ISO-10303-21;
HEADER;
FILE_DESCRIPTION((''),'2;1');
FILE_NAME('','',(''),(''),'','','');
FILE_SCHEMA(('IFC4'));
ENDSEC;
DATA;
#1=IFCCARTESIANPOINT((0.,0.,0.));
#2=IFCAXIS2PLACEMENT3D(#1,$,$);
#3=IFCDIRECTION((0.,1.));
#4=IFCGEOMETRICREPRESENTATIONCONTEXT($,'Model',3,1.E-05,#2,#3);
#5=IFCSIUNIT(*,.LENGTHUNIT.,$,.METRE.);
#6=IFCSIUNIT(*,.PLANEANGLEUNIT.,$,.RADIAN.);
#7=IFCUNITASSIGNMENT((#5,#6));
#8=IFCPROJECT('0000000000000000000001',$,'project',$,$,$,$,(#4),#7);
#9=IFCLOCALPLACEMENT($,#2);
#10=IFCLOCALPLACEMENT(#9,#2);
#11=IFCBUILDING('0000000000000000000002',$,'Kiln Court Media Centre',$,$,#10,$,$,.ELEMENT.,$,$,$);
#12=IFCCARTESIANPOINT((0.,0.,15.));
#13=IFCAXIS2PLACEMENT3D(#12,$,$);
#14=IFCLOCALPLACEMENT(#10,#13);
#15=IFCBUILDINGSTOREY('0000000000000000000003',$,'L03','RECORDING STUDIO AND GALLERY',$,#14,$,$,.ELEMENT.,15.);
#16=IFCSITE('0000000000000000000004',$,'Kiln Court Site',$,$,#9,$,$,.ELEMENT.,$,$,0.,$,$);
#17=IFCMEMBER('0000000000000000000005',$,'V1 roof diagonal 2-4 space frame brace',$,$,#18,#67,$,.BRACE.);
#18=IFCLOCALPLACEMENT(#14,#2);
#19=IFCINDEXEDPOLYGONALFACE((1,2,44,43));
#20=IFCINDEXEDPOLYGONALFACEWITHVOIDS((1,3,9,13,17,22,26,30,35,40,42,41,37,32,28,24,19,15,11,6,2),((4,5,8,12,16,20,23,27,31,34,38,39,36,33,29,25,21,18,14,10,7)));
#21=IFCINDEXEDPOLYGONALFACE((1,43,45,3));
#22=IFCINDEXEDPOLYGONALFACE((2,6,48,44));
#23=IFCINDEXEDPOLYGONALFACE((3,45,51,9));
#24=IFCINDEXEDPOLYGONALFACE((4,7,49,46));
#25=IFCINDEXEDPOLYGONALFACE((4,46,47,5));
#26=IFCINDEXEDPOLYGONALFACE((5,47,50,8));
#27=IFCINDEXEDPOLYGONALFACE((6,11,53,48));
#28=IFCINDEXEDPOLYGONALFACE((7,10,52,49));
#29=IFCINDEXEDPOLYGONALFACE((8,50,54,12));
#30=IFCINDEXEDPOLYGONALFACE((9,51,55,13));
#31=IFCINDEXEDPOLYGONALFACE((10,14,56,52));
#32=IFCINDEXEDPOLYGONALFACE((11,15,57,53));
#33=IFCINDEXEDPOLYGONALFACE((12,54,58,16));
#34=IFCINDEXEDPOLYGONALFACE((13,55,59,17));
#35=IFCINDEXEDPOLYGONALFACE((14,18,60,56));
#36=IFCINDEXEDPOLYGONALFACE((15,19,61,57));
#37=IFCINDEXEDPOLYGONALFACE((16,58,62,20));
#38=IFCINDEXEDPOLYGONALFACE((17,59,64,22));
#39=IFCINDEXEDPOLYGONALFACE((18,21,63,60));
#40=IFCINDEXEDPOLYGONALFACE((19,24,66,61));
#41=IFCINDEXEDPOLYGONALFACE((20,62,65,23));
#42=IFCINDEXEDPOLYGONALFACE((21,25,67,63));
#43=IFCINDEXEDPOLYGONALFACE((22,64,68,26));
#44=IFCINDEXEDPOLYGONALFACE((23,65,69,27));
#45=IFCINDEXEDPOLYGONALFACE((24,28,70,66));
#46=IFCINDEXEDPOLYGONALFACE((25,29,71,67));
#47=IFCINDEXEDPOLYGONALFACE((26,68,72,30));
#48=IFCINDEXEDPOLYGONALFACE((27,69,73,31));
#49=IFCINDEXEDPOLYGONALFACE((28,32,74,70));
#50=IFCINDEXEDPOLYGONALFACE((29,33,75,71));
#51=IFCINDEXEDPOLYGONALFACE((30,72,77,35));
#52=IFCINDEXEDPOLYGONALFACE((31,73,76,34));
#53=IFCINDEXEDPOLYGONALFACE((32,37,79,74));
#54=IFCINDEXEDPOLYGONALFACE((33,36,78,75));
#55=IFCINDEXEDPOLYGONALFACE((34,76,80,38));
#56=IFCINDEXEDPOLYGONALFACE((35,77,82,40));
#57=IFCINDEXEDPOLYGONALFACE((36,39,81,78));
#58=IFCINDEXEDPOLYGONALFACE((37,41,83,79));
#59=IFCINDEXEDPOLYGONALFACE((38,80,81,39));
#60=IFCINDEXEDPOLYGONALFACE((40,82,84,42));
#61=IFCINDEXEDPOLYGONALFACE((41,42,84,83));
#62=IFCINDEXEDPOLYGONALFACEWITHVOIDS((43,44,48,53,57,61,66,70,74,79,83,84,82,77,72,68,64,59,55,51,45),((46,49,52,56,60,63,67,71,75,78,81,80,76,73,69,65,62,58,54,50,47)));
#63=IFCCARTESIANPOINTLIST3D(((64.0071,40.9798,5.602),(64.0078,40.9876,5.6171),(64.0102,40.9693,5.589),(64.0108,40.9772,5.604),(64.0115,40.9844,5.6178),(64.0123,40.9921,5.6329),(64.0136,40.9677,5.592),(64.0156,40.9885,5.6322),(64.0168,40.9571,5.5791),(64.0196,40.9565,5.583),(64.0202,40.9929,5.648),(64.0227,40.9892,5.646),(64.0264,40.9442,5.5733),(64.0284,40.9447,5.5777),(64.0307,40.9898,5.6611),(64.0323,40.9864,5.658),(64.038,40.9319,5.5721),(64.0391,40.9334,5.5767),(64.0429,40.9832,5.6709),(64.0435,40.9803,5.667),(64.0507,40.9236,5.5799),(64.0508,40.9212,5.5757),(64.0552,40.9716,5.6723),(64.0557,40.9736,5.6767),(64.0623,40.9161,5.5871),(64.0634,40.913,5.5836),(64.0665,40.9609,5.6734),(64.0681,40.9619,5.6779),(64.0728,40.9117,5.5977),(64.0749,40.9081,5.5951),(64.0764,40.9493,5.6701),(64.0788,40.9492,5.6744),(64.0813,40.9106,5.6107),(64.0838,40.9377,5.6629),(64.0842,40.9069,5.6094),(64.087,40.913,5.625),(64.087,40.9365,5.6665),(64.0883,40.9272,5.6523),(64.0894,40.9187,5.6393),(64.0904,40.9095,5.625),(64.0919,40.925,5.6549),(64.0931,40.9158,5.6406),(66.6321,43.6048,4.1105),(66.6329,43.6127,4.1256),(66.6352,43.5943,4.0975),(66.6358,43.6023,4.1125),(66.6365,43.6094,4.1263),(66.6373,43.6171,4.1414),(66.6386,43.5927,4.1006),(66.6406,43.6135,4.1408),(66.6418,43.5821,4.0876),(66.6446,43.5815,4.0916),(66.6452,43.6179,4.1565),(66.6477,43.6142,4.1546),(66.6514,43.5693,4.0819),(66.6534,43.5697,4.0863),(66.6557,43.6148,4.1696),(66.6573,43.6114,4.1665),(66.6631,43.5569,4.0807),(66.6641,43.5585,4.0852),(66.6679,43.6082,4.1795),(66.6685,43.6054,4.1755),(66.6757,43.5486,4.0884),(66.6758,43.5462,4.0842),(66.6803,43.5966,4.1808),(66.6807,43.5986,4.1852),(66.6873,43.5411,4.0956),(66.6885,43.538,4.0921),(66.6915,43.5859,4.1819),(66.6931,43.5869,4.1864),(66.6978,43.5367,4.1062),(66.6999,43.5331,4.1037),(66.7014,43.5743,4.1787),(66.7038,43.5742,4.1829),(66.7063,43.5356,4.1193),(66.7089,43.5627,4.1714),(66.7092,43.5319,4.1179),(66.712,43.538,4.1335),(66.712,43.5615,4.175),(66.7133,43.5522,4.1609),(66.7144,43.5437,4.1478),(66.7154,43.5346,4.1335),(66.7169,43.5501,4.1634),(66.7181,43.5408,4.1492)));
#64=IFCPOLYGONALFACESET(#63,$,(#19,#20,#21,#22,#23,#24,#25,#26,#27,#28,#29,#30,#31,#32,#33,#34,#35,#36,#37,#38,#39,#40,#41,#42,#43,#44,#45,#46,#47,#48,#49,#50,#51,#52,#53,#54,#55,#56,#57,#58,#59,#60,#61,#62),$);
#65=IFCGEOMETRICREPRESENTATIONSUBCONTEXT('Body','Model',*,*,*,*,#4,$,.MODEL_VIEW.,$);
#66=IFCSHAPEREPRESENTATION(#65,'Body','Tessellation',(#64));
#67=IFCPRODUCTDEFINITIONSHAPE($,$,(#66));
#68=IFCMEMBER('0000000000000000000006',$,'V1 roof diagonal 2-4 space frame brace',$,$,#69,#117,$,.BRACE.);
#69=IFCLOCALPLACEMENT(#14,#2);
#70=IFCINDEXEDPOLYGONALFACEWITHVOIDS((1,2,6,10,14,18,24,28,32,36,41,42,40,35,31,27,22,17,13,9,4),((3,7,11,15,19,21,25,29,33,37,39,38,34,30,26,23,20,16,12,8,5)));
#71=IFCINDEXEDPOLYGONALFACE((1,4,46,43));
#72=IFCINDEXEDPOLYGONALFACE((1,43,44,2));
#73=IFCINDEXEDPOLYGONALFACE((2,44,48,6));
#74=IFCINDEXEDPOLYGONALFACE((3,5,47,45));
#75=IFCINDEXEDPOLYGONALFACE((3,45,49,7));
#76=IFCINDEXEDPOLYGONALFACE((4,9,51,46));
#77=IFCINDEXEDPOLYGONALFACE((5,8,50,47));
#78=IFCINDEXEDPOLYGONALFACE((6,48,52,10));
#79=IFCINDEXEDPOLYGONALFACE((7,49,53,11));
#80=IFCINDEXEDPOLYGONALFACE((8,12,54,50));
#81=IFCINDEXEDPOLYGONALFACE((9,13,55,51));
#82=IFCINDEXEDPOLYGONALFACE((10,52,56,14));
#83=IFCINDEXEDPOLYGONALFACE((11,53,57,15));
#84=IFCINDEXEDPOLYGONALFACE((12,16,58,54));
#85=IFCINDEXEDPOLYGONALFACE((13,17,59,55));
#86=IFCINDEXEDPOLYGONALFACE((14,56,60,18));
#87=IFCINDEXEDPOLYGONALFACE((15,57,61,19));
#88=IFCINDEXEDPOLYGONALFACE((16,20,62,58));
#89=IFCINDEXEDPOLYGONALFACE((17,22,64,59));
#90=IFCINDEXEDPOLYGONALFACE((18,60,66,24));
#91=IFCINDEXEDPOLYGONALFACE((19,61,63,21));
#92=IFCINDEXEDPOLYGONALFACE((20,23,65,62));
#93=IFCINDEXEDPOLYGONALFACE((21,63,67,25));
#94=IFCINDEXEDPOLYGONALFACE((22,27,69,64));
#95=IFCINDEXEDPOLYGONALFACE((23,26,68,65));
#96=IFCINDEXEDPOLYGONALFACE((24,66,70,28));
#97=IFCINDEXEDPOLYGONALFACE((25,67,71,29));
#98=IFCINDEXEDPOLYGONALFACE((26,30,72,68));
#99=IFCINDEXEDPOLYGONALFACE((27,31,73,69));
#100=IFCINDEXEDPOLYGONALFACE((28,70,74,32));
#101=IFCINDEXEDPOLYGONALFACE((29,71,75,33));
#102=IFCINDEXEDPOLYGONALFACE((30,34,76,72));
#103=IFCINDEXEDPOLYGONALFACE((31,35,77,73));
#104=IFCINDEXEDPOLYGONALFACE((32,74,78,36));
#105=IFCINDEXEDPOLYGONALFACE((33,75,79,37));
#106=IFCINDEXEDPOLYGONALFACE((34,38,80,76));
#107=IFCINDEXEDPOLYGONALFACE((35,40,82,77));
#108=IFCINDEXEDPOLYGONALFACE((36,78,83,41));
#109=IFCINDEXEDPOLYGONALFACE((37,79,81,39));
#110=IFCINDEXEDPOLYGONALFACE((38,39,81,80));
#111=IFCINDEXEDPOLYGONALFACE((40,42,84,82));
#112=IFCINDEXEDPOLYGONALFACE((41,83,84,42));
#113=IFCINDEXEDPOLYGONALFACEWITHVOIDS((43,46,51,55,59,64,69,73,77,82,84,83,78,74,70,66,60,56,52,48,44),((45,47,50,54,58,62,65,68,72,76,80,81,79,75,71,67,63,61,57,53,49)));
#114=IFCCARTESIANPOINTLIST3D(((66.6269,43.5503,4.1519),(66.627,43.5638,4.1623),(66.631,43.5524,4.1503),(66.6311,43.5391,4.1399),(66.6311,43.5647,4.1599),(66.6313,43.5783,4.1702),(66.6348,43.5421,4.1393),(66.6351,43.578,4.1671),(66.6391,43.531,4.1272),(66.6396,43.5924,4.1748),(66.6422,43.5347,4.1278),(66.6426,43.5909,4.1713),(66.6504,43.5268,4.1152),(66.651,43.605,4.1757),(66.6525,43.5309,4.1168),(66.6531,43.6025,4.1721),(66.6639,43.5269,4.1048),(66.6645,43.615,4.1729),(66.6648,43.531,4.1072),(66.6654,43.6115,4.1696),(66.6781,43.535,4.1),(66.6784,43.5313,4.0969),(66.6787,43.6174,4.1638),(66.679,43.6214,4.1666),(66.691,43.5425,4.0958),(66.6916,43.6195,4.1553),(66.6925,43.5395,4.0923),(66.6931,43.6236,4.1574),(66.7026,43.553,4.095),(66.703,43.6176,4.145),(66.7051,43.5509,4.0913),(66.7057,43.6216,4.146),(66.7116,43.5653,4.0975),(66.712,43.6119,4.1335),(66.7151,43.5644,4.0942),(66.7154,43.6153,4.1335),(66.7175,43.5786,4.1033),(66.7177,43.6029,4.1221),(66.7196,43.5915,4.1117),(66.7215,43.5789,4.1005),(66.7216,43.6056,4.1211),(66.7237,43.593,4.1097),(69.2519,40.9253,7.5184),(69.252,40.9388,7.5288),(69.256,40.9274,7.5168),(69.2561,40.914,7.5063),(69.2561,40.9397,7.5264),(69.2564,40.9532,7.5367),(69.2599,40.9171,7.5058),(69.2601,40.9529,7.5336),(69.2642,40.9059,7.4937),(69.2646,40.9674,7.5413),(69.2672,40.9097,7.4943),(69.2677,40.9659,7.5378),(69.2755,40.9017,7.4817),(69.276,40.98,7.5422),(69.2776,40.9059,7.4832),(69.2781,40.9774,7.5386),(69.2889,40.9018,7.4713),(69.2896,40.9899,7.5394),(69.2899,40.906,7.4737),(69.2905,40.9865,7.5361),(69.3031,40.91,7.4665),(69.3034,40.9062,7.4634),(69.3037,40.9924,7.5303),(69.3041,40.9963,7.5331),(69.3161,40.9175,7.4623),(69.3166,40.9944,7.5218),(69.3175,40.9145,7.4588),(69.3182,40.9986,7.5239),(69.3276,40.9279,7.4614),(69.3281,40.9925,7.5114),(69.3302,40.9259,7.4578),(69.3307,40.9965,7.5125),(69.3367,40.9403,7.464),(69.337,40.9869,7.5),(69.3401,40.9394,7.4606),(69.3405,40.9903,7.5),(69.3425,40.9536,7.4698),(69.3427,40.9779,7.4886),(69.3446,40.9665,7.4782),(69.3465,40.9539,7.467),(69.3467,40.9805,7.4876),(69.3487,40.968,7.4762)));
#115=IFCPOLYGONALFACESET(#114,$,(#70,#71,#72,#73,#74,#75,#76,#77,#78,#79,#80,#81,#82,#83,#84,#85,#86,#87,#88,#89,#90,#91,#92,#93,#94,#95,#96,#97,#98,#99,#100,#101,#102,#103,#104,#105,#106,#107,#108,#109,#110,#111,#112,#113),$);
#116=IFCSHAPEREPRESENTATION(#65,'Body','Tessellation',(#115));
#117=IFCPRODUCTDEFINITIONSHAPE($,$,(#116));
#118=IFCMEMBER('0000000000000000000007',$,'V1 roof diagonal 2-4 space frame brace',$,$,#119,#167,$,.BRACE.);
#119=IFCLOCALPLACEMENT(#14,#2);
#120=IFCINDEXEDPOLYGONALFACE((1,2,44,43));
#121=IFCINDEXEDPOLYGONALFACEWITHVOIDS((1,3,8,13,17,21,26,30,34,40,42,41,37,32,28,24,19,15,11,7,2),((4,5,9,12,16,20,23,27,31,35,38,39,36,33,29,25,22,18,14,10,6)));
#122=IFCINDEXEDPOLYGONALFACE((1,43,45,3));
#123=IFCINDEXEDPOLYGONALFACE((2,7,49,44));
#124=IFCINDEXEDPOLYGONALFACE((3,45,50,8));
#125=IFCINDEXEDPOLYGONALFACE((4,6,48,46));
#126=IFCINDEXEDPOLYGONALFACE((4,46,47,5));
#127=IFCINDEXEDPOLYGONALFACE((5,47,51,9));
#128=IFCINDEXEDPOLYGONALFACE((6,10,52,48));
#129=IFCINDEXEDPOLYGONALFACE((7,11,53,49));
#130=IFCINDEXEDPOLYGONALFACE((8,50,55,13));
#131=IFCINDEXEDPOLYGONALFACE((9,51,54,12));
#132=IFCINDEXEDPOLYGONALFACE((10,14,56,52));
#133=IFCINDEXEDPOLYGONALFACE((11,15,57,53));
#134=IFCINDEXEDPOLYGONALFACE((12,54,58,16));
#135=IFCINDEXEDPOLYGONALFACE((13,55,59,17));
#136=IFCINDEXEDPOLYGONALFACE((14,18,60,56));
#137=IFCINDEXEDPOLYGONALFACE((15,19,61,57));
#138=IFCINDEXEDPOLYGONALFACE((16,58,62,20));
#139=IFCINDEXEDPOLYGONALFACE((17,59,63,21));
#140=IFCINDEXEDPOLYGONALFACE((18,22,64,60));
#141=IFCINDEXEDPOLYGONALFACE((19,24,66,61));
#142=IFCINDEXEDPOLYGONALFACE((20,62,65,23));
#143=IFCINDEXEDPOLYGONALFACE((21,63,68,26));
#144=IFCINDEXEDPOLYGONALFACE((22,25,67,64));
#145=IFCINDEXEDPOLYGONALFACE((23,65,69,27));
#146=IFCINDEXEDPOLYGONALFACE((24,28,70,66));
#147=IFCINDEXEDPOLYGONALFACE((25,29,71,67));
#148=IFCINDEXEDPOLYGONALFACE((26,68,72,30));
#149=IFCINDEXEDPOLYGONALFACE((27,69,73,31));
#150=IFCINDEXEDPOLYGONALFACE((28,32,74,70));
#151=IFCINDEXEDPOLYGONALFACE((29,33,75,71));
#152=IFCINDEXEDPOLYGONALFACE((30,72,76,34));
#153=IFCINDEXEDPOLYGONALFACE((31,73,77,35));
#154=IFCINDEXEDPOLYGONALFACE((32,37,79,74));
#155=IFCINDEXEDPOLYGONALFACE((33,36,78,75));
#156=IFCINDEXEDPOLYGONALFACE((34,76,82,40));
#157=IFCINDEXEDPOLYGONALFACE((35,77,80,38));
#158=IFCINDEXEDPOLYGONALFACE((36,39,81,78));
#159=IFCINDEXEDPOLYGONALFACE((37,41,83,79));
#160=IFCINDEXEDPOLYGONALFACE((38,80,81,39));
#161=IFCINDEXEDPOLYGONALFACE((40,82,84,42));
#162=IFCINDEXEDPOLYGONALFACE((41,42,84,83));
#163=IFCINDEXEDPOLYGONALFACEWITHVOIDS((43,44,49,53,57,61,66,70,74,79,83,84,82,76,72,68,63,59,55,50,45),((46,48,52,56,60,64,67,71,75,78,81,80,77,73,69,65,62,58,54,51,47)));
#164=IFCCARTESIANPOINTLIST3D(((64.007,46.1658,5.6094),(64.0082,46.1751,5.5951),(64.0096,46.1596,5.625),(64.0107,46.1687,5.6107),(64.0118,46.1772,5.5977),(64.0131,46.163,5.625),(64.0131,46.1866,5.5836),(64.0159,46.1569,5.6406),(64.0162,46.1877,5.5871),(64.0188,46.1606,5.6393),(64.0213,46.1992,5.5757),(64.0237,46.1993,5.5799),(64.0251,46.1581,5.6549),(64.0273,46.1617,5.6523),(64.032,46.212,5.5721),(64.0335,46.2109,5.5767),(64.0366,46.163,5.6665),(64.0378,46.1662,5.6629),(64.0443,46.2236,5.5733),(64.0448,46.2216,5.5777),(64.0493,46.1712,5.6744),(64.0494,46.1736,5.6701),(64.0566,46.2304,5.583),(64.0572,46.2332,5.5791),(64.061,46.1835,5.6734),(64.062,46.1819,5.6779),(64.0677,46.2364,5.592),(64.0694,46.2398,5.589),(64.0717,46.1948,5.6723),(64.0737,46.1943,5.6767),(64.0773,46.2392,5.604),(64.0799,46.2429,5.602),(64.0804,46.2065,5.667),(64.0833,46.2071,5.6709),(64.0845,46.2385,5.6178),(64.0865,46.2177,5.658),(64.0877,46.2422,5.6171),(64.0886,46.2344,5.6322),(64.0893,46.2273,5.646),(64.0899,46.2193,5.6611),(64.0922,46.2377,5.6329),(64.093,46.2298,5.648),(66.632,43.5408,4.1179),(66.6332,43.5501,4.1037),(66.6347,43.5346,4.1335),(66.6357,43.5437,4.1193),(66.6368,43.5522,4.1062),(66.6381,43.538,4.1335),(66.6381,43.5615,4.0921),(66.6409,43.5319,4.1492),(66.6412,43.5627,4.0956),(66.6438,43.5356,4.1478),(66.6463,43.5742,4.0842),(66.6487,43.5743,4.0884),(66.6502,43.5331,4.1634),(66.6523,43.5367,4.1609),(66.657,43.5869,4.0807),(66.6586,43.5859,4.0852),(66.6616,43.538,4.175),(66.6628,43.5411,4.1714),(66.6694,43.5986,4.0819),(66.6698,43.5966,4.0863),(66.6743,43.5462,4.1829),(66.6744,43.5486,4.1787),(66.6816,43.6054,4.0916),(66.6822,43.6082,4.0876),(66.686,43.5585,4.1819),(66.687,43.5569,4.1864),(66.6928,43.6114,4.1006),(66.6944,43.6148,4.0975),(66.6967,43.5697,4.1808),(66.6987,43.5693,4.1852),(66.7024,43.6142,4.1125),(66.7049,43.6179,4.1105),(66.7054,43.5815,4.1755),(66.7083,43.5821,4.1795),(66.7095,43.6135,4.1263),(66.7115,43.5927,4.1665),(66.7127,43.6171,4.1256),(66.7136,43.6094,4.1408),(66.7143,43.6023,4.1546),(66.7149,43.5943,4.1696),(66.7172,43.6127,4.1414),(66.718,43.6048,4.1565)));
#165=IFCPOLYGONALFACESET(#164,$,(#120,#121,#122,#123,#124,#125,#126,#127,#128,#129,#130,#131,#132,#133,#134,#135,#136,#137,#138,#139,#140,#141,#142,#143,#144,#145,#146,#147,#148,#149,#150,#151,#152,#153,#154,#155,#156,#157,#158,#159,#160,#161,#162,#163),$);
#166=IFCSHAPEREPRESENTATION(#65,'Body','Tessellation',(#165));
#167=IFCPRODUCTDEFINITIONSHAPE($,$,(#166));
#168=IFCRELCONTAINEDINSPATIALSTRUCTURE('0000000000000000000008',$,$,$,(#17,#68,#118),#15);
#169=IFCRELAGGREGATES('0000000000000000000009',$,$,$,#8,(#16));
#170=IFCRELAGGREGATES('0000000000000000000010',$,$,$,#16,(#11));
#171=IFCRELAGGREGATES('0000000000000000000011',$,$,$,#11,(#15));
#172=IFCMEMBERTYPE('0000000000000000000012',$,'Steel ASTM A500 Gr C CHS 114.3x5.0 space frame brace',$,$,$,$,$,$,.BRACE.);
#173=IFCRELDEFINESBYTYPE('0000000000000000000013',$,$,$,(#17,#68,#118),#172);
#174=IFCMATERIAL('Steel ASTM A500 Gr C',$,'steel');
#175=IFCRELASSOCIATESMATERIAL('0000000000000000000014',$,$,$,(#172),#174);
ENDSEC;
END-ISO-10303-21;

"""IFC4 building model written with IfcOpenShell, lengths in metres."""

from ifc_helpers import new_model, si_unit, direction, frame, origin, origin_2d, place, context, subcontext, project, spatial, hollow_circle, extrude, material, material_profile, profile_set, type_object, element, save


model = new_model("IFC4")

# Units and contexts
model_context = context("Model", 3, precision=1e-05, world=origin(), true_north=direction((0.0, 1.0)))
body_context = subcontext(model_context, "Body", "Model", "MODEL_VIEW")
ifc_project = project(units=[si_unit("LENGTHUNIT", "METRE"), si_unit("PLANEANGLEUNIT", "RADIAN")], contexts=[model_context])

# Site, building, storey
site_placement = place(None, origin())
site = spatial("IfcSite", under=ifc_project, at=site_placement, Name="Kiln Court Site", CompositionType="ELEMENT", RefElevation=0.0)
building_placement = place(site_placement, origin())
building = spatial("IfcBuilding", under=site, at=building_placement, Name="Kiln Court Media Centre", CompositionType="ELEMENT")
storey_placement = place(building_placement, frame((0.0, 0.0, 15.0)))
storey = spatial("IfcBuildingStorey", under=building, at=storey_placement, Name="L03", Description="RECORDING STUDIO AND GALLERY", CompositionType="ELEMENT", Elevation=15.0)

# Members
ifc_material_1 = material(Name="Steel ASTM A500 Gr C", Category="steel")
ifc_material_profile_1 = material_profile(ifc_material_1, hollow_circle(Radius=0.0571, WallThickness=0.0049, at=origin_2d()), Name="CHS 114.3x5.0")
ifc_profile_set_1 = profile_set([ifc_material_profile_1], Name="Steel ASTM A500 Gr C")
member_type_1 = type_object("IfcMemberType", Name="Steel ASTM A500 Gr C CHS 114.3x5.0 space frame brace", PredefinedType="BRACE", material=ifc_profile_set_1)
member_1_placement = place(storey_placement, frame((66.675, 43.575, 4.1335), z_axis=(-0.656133, -0.656133, 0.372798), x_axis=(0.707107, -0.707107, 0.0)))
element("IfcMember", 1, at=member_1_placement, inside=storey, type_object=member_type_1, Name="V1 roof diagonal 2-4 space frame brace", PredefinedType="BRACE", context=body_context, shape_type="SweptSolid", body=[
    extrude(hollow_circle(Radius=0.0571, WallThickness=0.0049, at=origin_2d()), origin(), (0.0, 0.0, 1.0), 4.0007),
])
member_2_placement = place(storey_placement, frame((66.675, 43.575, 4.1335), z_axis=(0.523804, -0.523804, 0.671758), x_axis=(0.707107, 0.707107, 0.0)))
element("IfcMember", 2, at=member_2_placement, inside=storey, type_object=member_type_1, Name="V1 roof diagonal 2-4 space frame brace", PredefinedType="BRACE", context=body_context, shape_type="SweptSolid", body=[
    extrude(hollow_circle(Radius=0.0571, WallThickness=0.0049, at=origin_2d()), origin(), (0.0, 0.0, 1.0), 5.0115),
])
member_3_placement = place(storey_placement, frame((66.675, 43.575, 4.1335), z_axis=(-0.656133, 0.656133, 0.372798), x_axis=(-0.707107, -0.707107, 0.0)))
element("IfcMember", 3, at=member_3_placement, inside=storey, type_object=member_type_1, Name="V1 roof diagonal 2-4 space frame brace", PredefinedType="BRACE", context=body_context, shape_type="SweptSolid", body=[
    extrude(hollow_circle(Radius=0.0571, WallThickness=0.0049, at=origin_2d()), origin(), (0.0, 0.0, 1.0), 4.0007),
])

save(model, "model.ifc")
